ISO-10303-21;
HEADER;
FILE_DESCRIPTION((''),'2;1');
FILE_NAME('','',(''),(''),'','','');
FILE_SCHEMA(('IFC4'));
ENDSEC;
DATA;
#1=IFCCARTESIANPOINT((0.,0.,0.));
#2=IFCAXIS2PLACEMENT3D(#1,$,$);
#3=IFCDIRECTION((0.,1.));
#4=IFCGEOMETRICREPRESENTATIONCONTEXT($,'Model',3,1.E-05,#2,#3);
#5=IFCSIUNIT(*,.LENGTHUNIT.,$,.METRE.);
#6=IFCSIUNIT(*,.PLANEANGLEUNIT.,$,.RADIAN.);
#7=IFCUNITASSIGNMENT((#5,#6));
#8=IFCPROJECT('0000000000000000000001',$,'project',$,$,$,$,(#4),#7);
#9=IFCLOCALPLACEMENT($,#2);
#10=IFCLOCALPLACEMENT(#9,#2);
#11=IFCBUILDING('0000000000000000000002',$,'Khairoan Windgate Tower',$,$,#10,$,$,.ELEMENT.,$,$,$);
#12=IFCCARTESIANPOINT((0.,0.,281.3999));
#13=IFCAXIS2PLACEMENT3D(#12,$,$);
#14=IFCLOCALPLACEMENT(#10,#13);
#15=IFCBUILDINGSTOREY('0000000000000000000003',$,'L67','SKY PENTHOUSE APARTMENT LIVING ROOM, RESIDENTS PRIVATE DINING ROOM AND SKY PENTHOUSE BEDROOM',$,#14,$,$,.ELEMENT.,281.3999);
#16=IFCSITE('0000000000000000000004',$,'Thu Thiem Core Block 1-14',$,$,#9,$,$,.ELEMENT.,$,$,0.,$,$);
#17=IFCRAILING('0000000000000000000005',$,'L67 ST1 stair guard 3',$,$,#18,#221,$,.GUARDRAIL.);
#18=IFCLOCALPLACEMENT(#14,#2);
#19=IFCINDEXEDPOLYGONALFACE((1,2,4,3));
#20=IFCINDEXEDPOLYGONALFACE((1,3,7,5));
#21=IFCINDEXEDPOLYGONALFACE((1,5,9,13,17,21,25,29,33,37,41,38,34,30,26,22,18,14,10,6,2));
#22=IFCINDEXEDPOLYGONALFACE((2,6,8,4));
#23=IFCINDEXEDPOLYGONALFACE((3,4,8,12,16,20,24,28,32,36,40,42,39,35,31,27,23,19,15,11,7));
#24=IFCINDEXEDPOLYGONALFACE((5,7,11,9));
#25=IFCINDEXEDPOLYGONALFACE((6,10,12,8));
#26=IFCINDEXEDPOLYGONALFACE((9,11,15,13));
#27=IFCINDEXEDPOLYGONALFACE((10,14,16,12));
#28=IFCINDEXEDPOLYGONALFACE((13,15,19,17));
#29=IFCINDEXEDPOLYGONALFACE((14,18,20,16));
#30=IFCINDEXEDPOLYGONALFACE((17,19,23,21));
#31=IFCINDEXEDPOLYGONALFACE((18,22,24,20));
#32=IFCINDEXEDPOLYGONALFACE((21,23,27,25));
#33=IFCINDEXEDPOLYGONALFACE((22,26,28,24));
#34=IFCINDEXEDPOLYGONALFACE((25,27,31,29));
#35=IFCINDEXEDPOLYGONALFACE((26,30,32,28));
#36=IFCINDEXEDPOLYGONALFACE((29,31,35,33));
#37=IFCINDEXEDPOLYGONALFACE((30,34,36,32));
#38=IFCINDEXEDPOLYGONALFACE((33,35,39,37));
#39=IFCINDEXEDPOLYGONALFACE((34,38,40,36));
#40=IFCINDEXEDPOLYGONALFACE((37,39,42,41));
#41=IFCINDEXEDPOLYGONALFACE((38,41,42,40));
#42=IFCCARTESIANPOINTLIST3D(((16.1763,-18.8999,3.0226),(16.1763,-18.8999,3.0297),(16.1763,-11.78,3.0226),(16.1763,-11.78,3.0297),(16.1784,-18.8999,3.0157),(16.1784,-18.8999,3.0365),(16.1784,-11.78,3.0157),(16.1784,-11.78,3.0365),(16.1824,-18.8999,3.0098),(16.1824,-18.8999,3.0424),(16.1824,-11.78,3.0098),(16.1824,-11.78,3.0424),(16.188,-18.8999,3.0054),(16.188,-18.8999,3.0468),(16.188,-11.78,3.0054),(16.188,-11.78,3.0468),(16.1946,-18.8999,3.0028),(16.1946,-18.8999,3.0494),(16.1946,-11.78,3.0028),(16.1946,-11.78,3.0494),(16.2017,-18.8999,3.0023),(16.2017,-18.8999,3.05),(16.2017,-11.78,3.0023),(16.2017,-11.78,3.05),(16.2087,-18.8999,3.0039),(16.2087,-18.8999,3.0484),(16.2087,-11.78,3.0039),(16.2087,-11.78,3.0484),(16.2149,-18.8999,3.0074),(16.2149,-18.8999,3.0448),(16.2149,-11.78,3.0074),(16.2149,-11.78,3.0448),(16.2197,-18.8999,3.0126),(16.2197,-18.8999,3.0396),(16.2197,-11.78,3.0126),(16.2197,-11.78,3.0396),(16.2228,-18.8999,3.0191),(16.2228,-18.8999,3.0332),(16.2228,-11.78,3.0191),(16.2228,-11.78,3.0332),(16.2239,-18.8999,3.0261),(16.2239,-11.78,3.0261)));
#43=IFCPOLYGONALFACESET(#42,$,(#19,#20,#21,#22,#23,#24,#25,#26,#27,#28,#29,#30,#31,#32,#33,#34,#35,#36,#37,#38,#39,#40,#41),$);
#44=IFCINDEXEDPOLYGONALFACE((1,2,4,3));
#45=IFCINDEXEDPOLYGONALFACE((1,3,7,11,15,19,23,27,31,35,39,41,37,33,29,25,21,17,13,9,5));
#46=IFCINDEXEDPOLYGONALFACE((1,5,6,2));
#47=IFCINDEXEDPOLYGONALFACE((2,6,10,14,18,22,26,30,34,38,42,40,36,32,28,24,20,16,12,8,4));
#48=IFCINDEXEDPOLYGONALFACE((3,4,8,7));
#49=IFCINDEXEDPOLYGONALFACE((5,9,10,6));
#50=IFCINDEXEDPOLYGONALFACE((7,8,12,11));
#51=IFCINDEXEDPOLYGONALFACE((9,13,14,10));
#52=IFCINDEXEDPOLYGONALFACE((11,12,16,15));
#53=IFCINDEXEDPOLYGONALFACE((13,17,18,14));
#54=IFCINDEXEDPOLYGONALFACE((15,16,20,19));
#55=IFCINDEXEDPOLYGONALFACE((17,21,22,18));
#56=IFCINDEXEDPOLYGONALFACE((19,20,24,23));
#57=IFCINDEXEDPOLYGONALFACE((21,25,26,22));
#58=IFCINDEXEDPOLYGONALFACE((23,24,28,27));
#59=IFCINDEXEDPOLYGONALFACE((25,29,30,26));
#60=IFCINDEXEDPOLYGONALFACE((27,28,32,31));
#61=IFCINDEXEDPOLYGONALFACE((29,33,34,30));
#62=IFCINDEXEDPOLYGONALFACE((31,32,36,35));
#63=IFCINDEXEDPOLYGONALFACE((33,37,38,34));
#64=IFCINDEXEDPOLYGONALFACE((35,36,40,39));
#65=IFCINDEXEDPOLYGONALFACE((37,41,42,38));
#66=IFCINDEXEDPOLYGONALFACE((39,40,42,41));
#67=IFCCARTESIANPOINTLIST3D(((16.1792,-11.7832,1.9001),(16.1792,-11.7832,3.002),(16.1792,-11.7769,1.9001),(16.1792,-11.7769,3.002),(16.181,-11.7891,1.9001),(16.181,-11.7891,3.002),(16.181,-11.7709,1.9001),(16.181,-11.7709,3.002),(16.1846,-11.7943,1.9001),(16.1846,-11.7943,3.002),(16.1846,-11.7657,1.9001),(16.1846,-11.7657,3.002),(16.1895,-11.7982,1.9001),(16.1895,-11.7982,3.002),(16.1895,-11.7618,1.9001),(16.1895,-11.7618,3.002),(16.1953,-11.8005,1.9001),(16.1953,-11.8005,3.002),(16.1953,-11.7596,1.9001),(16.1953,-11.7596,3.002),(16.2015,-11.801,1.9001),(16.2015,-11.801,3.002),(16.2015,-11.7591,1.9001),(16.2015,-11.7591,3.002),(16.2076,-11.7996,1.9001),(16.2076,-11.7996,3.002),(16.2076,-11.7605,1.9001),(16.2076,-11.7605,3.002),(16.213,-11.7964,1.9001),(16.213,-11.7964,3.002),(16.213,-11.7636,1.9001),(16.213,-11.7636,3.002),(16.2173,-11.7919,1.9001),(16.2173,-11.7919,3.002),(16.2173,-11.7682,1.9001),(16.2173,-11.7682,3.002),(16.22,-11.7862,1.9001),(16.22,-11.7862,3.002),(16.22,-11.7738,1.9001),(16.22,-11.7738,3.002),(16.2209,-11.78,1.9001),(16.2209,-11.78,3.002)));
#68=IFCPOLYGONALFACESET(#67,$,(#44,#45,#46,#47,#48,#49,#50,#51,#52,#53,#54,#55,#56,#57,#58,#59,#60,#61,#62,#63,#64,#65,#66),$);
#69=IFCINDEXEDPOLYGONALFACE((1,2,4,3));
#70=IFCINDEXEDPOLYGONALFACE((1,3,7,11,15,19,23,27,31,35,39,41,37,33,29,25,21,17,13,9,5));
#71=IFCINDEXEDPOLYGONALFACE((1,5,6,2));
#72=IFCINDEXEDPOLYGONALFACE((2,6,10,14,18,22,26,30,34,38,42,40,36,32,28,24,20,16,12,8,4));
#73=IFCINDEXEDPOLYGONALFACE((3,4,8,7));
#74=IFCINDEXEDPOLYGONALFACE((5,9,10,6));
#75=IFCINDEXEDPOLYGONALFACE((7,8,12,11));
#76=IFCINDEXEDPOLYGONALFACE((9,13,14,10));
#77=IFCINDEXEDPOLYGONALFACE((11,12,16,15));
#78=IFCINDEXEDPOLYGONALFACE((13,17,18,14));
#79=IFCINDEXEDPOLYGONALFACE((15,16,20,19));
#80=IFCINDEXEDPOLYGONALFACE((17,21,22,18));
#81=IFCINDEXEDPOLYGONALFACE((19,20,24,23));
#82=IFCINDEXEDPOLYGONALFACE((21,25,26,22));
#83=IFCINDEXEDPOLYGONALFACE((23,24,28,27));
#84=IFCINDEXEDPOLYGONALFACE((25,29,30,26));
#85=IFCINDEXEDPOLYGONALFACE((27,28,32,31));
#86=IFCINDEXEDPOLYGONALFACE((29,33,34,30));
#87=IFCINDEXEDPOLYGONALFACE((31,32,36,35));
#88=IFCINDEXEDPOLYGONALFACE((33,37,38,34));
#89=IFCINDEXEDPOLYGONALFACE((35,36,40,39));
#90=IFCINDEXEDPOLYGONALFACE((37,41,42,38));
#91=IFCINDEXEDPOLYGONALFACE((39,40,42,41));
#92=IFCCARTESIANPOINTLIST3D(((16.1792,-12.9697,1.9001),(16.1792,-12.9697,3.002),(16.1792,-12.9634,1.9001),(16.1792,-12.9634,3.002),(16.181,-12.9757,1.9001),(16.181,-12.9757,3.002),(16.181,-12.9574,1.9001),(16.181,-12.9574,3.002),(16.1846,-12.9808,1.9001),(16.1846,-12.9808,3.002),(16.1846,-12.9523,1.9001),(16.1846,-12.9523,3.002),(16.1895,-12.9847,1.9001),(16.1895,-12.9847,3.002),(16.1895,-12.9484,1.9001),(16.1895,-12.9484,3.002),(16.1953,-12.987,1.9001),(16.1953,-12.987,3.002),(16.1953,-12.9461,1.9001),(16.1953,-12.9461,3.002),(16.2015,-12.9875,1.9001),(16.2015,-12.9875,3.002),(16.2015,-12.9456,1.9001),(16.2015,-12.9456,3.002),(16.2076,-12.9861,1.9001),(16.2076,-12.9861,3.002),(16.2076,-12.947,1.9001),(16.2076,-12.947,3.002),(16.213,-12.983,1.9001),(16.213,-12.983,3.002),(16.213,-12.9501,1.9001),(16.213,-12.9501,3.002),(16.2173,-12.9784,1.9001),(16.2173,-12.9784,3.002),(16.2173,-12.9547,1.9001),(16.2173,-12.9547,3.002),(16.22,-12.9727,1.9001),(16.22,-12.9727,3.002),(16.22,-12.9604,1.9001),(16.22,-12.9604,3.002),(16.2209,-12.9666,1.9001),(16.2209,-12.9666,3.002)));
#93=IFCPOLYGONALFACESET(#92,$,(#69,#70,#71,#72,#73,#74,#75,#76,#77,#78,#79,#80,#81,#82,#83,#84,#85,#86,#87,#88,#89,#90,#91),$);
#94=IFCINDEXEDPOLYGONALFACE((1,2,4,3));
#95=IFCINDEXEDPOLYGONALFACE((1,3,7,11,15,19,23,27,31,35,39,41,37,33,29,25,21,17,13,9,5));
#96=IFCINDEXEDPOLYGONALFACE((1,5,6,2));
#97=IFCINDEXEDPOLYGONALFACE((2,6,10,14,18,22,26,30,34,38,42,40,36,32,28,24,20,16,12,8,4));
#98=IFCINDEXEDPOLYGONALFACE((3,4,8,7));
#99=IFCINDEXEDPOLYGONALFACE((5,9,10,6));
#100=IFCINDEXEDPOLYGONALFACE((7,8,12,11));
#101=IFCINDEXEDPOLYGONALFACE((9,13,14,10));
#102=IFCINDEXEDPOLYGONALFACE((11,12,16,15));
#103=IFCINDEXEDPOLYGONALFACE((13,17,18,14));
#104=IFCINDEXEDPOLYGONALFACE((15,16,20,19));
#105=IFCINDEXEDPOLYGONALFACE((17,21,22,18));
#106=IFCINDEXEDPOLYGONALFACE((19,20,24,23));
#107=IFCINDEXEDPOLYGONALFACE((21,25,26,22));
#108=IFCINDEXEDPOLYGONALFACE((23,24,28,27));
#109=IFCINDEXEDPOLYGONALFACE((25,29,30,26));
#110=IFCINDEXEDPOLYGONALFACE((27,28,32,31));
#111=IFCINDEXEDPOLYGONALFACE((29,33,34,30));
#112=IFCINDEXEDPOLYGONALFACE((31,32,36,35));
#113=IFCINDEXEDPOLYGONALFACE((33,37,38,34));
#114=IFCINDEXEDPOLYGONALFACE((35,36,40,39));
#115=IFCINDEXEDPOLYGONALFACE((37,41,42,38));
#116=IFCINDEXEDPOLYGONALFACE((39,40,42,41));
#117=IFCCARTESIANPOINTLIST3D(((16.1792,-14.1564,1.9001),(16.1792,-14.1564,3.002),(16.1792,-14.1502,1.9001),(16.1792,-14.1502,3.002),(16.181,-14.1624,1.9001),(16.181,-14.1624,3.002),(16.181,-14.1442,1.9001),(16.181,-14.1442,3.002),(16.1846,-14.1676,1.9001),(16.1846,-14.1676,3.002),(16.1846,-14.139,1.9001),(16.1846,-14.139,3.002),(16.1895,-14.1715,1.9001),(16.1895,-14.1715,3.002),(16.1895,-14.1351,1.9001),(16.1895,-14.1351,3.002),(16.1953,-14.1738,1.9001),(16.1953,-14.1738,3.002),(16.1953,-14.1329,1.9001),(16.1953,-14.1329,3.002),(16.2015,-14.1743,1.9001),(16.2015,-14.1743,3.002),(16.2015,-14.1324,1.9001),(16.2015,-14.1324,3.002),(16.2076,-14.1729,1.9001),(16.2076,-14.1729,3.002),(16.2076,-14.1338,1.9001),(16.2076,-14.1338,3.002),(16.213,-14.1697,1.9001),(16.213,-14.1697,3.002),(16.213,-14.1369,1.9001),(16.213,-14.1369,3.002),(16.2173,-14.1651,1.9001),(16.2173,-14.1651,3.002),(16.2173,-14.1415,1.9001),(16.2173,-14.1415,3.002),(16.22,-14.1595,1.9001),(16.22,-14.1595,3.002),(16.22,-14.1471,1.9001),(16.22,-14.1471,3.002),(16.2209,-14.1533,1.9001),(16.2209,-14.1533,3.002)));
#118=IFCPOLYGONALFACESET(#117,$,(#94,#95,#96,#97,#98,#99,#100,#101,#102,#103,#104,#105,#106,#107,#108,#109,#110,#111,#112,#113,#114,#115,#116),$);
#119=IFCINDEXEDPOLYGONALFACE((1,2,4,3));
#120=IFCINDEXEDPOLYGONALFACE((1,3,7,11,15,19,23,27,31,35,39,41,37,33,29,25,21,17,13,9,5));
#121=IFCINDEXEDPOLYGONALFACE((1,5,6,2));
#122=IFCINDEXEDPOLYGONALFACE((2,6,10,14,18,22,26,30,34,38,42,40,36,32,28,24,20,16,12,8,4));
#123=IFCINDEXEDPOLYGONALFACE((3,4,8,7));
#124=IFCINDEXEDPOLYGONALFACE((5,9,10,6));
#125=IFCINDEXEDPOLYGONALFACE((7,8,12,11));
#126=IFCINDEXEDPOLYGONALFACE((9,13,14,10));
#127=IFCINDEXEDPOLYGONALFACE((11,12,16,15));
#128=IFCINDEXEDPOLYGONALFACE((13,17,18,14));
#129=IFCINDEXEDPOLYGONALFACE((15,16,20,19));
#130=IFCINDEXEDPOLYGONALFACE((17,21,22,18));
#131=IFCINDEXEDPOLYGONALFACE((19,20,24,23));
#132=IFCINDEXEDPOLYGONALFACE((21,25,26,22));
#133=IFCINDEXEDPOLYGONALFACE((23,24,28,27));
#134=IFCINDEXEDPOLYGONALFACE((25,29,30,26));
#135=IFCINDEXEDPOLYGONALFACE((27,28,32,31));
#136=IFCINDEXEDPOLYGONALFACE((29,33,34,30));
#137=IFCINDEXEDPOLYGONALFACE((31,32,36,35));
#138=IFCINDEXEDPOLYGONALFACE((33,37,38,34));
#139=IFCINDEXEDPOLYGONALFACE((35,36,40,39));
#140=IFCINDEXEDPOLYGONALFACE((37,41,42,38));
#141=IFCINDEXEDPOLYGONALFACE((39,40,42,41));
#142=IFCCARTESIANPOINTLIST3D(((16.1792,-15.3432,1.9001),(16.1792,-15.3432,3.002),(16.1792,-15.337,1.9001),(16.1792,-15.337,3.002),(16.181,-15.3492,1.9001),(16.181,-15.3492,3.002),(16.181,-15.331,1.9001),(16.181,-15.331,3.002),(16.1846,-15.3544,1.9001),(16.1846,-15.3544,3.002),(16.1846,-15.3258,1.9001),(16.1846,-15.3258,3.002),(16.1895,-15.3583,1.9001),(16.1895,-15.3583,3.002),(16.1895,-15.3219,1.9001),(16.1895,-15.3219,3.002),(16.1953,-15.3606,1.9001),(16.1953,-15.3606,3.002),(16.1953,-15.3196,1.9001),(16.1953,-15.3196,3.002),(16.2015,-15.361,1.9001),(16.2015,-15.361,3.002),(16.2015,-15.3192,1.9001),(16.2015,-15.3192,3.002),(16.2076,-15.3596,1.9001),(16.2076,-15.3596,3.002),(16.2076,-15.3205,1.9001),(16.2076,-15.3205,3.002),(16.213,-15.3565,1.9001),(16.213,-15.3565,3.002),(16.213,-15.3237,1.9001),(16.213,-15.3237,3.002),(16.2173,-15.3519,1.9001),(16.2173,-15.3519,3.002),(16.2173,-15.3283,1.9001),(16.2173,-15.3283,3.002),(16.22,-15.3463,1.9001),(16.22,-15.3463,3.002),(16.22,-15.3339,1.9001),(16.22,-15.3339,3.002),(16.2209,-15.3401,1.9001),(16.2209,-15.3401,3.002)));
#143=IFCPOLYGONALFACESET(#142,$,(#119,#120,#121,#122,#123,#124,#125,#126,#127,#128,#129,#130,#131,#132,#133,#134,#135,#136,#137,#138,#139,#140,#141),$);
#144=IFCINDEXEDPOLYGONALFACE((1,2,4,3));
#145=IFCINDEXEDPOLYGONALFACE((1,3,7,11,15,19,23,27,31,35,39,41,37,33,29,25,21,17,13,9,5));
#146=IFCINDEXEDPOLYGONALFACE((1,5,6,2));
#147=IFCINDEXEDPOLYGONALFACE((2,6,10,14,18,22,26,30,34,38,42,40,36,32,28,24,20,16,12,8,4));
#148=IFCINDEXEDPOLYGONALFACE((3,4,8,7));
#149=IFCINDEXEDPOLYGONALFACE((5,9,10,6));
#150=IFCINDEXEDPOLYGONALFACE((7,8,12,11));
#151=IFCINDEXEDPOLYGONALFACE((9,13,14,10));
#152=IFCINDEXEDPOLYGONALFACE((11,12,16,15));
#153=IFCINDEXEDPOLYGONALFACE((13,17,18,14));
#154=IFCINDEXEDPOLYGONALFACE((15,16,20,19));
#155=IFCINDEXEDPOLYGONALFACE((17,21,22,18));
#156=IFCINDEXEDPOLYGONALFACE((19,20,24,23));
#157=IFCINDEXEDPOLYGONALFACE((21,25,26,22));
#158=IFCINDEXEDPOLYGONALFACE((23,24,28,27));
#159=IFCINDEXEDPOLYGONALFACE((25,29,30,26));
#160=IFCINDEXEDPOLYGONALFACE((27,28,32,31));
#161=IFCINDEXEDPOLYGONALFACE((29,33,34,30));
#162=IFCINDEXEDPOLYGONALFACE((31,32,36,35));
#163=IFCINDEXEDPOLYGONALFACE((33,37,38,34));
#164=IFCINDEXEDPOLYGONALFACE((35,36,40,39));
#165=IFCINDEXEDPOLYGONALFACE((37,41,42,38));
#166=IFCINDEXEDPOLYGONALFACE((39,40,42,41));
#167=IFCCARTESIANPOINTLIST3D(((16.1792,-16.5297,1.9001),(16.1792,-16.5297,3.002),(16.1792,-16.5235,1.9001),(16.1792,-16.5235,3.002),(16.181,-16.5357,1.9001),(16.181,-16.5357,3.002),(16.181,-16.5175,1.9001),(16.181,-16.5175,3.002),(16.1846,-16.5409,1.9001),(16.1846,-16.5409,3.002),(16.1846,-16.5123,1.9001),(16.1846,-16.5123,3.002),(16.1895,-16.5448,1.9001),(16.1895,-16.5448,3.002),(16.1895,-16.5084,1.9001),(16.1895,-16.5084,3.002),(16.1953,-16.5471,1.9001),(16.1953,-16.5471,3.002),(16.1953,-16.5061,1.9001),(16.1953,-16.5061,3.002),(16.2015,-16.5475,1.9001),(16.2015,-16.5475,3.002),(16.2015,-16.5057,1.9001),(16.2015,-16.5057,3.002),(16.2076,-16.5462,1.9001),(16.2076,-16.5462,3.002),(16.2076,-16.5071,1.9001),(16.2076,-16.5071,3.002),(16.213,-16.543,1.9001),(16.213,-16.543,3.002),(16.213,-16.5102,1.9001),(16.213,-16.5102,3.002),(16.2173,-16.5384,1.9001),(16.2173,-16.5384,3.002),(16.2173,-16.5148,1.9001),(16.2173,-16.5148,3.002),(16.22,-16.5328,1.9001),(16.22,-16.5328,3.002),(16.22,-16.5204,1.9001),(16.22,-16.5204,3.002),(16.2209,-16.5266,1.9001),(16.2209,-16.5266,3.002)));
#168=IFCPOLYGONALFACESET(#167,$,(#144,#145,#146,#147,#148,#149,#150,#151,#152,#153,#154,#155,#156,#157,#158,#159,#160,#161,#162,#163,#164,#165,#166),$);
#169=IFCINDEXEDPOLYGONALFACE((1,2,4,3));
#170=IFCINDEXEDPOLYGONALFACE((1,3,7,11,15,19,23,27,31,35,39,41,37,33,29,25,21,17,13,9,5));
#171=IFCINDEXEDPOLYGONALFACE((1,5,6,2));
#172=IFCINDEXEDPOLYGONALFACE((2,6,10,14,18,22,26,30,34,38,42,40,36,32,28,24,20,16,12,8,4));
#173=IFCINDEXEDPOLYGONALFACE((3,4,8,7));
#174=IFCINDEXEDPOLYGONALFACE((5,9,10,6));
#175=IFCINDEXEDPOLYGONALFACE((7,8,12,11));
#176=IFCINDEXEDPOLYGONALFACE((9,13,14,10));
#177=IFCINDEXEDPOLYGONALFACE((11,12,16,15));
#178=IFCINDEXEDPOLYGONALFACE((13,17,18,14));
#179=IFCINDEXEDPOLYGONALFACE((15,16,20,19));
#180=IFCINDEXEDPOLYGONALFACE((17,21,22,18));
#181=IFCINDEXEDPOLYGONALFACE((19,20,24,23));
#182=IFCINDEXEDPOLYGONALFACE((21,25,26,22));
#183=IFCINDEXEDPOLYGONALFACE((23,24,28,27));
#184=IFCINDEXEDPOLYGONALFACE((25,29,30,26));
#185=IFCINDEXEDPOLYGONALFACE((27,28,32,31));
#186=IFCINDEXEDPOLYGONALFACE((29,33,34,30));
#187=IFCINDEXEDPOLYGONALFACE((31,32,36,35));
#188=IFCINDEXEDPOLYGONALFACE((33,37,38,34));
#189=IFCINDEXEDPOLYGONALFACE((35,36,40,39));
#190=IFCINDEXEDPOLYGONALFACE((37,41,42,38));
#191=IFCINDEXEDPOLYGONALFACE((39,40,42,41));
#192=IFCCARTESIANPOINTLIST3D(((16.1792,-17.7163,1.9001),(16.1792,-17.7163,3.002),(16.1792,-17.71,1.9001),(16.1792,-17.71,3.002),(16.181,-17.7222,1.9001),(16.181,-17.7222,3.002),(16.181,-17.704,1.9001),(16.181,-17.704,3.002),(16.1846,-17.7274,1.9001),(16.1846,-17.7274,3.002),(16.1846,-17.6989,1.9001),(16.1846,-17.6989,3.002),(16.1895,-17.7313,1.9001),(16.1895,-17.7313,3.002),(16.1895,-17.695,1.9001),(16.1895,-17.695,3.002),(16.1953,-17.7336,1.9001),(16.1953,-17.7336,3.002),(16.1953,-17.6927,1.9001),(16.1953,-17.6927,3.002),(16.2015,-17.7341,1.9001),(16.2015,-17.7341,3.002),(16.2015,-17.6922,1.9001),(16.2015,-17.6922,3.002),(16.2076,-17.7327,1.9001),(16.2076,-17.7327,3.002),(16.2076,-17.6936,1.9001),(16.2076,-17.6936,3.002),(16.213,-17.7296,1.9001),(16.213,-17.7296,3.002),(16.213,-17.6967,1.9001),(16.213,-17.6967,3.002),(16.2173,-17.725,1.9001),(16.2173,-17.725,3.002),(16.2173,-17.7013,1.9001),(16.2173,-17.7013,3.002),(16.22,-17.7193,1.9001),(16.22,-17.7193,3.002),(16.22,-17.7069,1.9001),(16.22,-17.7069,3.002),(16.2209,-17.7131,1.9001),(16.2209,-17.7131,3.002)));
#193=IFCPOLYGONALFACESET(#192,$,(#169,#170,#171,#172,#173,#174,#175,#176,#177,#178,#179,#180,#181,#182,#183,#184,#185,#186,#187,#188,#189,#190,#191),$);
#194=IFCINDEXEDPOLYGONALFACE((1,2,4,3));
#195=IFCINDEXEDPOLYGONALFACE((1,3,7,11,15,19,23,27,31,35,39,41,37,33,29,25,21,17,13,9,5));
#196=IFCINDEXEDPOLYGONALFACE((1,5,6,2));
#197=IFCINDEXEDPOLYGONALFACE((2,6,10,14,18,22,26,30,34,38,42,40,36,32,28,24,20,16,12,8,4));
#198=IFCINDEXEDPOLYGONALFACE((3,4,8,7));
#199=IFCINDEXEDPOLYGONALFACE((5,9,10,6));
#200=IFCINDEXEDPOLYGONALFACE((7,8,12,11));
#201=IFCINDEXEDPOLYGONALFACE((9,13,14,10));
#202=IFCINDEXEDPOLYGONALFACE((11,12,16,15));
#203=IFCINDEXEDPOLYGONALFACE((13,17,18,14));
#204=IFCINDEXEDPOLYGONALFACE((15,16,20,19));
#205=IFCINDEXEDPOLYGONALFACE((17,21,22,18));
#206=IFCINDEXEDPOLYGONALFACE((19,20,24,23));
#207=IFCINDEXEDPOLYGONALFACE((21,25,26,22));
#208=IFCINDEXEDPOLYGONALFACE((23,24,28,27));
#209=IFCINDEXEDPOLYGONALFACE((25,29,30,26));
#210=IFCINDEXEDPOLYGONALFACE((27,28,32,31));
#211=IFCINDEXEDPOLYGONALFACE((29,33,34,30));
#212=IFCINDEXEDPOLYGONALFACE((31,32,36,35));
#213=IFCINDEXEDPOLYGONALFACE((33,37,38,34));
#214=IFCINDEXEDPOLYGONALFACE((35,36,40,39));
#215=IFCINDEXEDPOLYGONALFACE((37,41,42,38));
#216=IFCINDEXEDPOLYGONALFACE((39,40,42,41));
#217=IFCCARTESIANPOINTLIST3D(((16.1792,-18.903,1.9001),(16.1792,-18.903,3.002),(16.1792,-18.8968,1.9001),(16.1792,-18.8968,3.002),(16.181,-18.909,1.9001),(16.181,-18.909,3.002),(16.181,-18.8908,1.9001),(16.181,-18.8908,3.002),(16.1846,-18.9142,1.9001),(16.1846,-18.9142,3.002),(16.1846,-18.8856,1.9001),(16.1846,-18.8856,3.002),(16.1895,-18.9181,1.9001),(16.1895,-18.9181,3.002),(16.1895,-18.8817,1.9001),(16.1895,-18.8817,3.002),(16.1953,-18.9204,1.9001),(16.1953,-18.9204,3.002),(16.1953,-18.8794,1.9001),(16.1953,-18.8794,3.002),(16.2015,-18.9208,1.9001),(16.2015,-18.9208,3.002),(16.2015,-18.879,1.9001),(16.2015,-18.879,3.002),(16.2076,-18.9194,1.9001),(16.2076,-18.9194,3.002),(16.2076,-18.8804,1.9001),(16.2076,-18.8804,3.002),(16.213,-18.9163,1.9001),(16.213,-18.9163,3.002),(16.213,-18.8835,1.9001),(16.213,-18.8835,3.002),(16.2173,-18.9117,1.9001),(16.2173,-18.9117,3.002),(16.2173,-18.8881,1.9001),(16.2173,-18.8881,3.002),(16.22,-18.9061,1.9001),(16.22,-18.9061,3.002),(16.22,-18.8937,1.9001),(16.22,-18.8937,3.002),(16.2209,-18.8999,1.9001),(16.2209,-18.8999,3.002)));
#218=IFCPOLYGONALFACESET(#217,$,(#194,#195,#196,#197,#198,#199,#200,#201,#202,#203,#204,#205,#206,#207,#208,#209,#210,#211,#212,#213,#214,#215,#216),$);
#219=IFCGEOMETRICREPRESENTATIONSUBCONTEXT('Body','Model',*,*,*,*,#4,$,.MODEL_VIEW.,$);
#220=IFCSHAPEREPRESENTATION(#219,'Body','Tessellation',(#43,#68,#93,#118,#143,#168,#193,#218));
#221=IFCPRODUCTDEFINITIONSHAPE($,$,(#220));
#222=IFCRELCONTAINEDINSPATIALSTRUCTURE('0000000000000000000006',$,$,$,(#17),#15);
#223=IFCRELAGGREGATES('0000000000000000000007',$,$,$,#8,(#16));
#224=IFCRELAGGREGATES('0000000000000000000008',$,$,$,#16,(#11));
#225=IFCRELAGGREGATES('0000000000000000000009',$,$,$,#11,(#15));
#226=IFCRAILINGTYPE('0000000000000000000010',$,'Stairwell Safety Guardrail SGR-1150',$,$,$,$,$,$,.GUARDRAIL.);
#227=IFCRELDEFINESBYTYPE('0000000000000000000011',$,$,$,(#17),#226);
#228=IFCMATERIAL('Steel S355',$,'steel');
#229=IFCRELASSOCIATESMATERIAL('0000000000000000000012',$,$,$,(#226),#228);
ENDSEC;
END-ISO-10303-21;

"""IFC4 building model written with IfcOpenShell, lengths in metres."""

from ifc_helpers import new_model, si_unit, direction, frame, origin, origin_2d, place, context, subcontext, project, spatial, circle, extrude, material, type_object, element, save


model = new_model("IFC4")

# Units and contexts
model_context = context("Model", 3, precision=1e-05, world=origin(), true_north=direction((0.0, 1.0)))
body_context = subcontext(model_context, "Body", "Model", "MODEL_VIEW")
ifc_project = project(units=[si_unit("LENGTHUNIT", "METRE"), si_unit("PLANEANGLEUNIT", "RADIAN")], contexts=[model_context])

# Site, building, storey
site_placement = place(None, origin())
site = spatial("IfcSite", under=ifc_project, at=site_placement, Name="Thu Thiem Core Block 1-14", CompositionType="ELEMENT", RefElevation=0.0)
building_placement = place(site_placement, origin())
building = spatial("IfcBuilding", under=site, at=building_placement, Name="Khairoan Windgate Tower", CompositionType="ELEMENT")
storey_placement = place(building_placement, frame((0.0, 0.0, 281.3999)))
storey = spatial("IfcBuildingStorey", under=building, at=storey_placement, Name="L67", Description="SKY PENTHOUSE APARTMENT LIVING ROOM, RESIDENTS PRIVATE DINING ROOM AND SKY PENTHOUSE BEDROOM", CompositionType="ELEMENT", Elevation=281.3999)

# Railing
ifc_material_1 = material(Name="Steel S355", Category="steel")
railing_type = type_object("IfcRailingType", Name="Stairwell Safety Guardrail SGR-1150", PredefinedType="GUARDRAIL", material=ifc_material_1)
railing_1_placement = place(storey_placement, frame((16.2, -11.78, 1.9001)))
element("IfcRailing", 1, at=railing_1_placement, inside=storey, type_object=railing_type, Name="L67 ST1 stair guard 3", PredefinedType="GUARDRAIL", context=body_context, shape_type="SweptSolid", body=[
    extrude(circle(Radius=0.0239, at=origin_2d()), frame((0.0, 0.0, 1.126), z_axis=(0.0, -1.0, 0.0), x_axis=(1.0, 0.0, 0.0)), (0.0, 0.0, 1.0), 7.1199),
    extrude(circle(Radius=0.021, at=origin_2d()), origin(), (0.0, 0.0, 1.0), 1.1018),
    extrude(circle(Radius=0.021, at=origin_2d()), frame((0.0, -1.1865, 0.0)), (0.0, 0.0, 1.0), 1.1018),
    extrude(circle(Radius=0.021, at=origin_2d()), frame((0.0, -2.3733, 0.0)), (0.0, 0.0, 1.0), 1.1018),
    extrude(circle(Radius=0.021, at=origin_2d()), frame((0.0, -3.5601, 0.0)), (0.0, 0.0, 1.0), 1.1018),
    extrude(circle(Radius=0.021, at=origin_2d()), frame((0.0, -4.7466, 0.0)), (0.0, 0.0, 1.0), 1.1018),
    extrude(circle(Radius=0.021, at=origin_2d()), frame((0.0, -5.9331, 0.0)), (0.0, 0.0, 1.0), 1.1018),
    extrude(circle(Radius=0.021, at=origin_2d()), frame((0.0, -7.1199, 0.0)), (0.0, 0.0, 1.0), 1.1018),
])

save(model, "model.ifc")
